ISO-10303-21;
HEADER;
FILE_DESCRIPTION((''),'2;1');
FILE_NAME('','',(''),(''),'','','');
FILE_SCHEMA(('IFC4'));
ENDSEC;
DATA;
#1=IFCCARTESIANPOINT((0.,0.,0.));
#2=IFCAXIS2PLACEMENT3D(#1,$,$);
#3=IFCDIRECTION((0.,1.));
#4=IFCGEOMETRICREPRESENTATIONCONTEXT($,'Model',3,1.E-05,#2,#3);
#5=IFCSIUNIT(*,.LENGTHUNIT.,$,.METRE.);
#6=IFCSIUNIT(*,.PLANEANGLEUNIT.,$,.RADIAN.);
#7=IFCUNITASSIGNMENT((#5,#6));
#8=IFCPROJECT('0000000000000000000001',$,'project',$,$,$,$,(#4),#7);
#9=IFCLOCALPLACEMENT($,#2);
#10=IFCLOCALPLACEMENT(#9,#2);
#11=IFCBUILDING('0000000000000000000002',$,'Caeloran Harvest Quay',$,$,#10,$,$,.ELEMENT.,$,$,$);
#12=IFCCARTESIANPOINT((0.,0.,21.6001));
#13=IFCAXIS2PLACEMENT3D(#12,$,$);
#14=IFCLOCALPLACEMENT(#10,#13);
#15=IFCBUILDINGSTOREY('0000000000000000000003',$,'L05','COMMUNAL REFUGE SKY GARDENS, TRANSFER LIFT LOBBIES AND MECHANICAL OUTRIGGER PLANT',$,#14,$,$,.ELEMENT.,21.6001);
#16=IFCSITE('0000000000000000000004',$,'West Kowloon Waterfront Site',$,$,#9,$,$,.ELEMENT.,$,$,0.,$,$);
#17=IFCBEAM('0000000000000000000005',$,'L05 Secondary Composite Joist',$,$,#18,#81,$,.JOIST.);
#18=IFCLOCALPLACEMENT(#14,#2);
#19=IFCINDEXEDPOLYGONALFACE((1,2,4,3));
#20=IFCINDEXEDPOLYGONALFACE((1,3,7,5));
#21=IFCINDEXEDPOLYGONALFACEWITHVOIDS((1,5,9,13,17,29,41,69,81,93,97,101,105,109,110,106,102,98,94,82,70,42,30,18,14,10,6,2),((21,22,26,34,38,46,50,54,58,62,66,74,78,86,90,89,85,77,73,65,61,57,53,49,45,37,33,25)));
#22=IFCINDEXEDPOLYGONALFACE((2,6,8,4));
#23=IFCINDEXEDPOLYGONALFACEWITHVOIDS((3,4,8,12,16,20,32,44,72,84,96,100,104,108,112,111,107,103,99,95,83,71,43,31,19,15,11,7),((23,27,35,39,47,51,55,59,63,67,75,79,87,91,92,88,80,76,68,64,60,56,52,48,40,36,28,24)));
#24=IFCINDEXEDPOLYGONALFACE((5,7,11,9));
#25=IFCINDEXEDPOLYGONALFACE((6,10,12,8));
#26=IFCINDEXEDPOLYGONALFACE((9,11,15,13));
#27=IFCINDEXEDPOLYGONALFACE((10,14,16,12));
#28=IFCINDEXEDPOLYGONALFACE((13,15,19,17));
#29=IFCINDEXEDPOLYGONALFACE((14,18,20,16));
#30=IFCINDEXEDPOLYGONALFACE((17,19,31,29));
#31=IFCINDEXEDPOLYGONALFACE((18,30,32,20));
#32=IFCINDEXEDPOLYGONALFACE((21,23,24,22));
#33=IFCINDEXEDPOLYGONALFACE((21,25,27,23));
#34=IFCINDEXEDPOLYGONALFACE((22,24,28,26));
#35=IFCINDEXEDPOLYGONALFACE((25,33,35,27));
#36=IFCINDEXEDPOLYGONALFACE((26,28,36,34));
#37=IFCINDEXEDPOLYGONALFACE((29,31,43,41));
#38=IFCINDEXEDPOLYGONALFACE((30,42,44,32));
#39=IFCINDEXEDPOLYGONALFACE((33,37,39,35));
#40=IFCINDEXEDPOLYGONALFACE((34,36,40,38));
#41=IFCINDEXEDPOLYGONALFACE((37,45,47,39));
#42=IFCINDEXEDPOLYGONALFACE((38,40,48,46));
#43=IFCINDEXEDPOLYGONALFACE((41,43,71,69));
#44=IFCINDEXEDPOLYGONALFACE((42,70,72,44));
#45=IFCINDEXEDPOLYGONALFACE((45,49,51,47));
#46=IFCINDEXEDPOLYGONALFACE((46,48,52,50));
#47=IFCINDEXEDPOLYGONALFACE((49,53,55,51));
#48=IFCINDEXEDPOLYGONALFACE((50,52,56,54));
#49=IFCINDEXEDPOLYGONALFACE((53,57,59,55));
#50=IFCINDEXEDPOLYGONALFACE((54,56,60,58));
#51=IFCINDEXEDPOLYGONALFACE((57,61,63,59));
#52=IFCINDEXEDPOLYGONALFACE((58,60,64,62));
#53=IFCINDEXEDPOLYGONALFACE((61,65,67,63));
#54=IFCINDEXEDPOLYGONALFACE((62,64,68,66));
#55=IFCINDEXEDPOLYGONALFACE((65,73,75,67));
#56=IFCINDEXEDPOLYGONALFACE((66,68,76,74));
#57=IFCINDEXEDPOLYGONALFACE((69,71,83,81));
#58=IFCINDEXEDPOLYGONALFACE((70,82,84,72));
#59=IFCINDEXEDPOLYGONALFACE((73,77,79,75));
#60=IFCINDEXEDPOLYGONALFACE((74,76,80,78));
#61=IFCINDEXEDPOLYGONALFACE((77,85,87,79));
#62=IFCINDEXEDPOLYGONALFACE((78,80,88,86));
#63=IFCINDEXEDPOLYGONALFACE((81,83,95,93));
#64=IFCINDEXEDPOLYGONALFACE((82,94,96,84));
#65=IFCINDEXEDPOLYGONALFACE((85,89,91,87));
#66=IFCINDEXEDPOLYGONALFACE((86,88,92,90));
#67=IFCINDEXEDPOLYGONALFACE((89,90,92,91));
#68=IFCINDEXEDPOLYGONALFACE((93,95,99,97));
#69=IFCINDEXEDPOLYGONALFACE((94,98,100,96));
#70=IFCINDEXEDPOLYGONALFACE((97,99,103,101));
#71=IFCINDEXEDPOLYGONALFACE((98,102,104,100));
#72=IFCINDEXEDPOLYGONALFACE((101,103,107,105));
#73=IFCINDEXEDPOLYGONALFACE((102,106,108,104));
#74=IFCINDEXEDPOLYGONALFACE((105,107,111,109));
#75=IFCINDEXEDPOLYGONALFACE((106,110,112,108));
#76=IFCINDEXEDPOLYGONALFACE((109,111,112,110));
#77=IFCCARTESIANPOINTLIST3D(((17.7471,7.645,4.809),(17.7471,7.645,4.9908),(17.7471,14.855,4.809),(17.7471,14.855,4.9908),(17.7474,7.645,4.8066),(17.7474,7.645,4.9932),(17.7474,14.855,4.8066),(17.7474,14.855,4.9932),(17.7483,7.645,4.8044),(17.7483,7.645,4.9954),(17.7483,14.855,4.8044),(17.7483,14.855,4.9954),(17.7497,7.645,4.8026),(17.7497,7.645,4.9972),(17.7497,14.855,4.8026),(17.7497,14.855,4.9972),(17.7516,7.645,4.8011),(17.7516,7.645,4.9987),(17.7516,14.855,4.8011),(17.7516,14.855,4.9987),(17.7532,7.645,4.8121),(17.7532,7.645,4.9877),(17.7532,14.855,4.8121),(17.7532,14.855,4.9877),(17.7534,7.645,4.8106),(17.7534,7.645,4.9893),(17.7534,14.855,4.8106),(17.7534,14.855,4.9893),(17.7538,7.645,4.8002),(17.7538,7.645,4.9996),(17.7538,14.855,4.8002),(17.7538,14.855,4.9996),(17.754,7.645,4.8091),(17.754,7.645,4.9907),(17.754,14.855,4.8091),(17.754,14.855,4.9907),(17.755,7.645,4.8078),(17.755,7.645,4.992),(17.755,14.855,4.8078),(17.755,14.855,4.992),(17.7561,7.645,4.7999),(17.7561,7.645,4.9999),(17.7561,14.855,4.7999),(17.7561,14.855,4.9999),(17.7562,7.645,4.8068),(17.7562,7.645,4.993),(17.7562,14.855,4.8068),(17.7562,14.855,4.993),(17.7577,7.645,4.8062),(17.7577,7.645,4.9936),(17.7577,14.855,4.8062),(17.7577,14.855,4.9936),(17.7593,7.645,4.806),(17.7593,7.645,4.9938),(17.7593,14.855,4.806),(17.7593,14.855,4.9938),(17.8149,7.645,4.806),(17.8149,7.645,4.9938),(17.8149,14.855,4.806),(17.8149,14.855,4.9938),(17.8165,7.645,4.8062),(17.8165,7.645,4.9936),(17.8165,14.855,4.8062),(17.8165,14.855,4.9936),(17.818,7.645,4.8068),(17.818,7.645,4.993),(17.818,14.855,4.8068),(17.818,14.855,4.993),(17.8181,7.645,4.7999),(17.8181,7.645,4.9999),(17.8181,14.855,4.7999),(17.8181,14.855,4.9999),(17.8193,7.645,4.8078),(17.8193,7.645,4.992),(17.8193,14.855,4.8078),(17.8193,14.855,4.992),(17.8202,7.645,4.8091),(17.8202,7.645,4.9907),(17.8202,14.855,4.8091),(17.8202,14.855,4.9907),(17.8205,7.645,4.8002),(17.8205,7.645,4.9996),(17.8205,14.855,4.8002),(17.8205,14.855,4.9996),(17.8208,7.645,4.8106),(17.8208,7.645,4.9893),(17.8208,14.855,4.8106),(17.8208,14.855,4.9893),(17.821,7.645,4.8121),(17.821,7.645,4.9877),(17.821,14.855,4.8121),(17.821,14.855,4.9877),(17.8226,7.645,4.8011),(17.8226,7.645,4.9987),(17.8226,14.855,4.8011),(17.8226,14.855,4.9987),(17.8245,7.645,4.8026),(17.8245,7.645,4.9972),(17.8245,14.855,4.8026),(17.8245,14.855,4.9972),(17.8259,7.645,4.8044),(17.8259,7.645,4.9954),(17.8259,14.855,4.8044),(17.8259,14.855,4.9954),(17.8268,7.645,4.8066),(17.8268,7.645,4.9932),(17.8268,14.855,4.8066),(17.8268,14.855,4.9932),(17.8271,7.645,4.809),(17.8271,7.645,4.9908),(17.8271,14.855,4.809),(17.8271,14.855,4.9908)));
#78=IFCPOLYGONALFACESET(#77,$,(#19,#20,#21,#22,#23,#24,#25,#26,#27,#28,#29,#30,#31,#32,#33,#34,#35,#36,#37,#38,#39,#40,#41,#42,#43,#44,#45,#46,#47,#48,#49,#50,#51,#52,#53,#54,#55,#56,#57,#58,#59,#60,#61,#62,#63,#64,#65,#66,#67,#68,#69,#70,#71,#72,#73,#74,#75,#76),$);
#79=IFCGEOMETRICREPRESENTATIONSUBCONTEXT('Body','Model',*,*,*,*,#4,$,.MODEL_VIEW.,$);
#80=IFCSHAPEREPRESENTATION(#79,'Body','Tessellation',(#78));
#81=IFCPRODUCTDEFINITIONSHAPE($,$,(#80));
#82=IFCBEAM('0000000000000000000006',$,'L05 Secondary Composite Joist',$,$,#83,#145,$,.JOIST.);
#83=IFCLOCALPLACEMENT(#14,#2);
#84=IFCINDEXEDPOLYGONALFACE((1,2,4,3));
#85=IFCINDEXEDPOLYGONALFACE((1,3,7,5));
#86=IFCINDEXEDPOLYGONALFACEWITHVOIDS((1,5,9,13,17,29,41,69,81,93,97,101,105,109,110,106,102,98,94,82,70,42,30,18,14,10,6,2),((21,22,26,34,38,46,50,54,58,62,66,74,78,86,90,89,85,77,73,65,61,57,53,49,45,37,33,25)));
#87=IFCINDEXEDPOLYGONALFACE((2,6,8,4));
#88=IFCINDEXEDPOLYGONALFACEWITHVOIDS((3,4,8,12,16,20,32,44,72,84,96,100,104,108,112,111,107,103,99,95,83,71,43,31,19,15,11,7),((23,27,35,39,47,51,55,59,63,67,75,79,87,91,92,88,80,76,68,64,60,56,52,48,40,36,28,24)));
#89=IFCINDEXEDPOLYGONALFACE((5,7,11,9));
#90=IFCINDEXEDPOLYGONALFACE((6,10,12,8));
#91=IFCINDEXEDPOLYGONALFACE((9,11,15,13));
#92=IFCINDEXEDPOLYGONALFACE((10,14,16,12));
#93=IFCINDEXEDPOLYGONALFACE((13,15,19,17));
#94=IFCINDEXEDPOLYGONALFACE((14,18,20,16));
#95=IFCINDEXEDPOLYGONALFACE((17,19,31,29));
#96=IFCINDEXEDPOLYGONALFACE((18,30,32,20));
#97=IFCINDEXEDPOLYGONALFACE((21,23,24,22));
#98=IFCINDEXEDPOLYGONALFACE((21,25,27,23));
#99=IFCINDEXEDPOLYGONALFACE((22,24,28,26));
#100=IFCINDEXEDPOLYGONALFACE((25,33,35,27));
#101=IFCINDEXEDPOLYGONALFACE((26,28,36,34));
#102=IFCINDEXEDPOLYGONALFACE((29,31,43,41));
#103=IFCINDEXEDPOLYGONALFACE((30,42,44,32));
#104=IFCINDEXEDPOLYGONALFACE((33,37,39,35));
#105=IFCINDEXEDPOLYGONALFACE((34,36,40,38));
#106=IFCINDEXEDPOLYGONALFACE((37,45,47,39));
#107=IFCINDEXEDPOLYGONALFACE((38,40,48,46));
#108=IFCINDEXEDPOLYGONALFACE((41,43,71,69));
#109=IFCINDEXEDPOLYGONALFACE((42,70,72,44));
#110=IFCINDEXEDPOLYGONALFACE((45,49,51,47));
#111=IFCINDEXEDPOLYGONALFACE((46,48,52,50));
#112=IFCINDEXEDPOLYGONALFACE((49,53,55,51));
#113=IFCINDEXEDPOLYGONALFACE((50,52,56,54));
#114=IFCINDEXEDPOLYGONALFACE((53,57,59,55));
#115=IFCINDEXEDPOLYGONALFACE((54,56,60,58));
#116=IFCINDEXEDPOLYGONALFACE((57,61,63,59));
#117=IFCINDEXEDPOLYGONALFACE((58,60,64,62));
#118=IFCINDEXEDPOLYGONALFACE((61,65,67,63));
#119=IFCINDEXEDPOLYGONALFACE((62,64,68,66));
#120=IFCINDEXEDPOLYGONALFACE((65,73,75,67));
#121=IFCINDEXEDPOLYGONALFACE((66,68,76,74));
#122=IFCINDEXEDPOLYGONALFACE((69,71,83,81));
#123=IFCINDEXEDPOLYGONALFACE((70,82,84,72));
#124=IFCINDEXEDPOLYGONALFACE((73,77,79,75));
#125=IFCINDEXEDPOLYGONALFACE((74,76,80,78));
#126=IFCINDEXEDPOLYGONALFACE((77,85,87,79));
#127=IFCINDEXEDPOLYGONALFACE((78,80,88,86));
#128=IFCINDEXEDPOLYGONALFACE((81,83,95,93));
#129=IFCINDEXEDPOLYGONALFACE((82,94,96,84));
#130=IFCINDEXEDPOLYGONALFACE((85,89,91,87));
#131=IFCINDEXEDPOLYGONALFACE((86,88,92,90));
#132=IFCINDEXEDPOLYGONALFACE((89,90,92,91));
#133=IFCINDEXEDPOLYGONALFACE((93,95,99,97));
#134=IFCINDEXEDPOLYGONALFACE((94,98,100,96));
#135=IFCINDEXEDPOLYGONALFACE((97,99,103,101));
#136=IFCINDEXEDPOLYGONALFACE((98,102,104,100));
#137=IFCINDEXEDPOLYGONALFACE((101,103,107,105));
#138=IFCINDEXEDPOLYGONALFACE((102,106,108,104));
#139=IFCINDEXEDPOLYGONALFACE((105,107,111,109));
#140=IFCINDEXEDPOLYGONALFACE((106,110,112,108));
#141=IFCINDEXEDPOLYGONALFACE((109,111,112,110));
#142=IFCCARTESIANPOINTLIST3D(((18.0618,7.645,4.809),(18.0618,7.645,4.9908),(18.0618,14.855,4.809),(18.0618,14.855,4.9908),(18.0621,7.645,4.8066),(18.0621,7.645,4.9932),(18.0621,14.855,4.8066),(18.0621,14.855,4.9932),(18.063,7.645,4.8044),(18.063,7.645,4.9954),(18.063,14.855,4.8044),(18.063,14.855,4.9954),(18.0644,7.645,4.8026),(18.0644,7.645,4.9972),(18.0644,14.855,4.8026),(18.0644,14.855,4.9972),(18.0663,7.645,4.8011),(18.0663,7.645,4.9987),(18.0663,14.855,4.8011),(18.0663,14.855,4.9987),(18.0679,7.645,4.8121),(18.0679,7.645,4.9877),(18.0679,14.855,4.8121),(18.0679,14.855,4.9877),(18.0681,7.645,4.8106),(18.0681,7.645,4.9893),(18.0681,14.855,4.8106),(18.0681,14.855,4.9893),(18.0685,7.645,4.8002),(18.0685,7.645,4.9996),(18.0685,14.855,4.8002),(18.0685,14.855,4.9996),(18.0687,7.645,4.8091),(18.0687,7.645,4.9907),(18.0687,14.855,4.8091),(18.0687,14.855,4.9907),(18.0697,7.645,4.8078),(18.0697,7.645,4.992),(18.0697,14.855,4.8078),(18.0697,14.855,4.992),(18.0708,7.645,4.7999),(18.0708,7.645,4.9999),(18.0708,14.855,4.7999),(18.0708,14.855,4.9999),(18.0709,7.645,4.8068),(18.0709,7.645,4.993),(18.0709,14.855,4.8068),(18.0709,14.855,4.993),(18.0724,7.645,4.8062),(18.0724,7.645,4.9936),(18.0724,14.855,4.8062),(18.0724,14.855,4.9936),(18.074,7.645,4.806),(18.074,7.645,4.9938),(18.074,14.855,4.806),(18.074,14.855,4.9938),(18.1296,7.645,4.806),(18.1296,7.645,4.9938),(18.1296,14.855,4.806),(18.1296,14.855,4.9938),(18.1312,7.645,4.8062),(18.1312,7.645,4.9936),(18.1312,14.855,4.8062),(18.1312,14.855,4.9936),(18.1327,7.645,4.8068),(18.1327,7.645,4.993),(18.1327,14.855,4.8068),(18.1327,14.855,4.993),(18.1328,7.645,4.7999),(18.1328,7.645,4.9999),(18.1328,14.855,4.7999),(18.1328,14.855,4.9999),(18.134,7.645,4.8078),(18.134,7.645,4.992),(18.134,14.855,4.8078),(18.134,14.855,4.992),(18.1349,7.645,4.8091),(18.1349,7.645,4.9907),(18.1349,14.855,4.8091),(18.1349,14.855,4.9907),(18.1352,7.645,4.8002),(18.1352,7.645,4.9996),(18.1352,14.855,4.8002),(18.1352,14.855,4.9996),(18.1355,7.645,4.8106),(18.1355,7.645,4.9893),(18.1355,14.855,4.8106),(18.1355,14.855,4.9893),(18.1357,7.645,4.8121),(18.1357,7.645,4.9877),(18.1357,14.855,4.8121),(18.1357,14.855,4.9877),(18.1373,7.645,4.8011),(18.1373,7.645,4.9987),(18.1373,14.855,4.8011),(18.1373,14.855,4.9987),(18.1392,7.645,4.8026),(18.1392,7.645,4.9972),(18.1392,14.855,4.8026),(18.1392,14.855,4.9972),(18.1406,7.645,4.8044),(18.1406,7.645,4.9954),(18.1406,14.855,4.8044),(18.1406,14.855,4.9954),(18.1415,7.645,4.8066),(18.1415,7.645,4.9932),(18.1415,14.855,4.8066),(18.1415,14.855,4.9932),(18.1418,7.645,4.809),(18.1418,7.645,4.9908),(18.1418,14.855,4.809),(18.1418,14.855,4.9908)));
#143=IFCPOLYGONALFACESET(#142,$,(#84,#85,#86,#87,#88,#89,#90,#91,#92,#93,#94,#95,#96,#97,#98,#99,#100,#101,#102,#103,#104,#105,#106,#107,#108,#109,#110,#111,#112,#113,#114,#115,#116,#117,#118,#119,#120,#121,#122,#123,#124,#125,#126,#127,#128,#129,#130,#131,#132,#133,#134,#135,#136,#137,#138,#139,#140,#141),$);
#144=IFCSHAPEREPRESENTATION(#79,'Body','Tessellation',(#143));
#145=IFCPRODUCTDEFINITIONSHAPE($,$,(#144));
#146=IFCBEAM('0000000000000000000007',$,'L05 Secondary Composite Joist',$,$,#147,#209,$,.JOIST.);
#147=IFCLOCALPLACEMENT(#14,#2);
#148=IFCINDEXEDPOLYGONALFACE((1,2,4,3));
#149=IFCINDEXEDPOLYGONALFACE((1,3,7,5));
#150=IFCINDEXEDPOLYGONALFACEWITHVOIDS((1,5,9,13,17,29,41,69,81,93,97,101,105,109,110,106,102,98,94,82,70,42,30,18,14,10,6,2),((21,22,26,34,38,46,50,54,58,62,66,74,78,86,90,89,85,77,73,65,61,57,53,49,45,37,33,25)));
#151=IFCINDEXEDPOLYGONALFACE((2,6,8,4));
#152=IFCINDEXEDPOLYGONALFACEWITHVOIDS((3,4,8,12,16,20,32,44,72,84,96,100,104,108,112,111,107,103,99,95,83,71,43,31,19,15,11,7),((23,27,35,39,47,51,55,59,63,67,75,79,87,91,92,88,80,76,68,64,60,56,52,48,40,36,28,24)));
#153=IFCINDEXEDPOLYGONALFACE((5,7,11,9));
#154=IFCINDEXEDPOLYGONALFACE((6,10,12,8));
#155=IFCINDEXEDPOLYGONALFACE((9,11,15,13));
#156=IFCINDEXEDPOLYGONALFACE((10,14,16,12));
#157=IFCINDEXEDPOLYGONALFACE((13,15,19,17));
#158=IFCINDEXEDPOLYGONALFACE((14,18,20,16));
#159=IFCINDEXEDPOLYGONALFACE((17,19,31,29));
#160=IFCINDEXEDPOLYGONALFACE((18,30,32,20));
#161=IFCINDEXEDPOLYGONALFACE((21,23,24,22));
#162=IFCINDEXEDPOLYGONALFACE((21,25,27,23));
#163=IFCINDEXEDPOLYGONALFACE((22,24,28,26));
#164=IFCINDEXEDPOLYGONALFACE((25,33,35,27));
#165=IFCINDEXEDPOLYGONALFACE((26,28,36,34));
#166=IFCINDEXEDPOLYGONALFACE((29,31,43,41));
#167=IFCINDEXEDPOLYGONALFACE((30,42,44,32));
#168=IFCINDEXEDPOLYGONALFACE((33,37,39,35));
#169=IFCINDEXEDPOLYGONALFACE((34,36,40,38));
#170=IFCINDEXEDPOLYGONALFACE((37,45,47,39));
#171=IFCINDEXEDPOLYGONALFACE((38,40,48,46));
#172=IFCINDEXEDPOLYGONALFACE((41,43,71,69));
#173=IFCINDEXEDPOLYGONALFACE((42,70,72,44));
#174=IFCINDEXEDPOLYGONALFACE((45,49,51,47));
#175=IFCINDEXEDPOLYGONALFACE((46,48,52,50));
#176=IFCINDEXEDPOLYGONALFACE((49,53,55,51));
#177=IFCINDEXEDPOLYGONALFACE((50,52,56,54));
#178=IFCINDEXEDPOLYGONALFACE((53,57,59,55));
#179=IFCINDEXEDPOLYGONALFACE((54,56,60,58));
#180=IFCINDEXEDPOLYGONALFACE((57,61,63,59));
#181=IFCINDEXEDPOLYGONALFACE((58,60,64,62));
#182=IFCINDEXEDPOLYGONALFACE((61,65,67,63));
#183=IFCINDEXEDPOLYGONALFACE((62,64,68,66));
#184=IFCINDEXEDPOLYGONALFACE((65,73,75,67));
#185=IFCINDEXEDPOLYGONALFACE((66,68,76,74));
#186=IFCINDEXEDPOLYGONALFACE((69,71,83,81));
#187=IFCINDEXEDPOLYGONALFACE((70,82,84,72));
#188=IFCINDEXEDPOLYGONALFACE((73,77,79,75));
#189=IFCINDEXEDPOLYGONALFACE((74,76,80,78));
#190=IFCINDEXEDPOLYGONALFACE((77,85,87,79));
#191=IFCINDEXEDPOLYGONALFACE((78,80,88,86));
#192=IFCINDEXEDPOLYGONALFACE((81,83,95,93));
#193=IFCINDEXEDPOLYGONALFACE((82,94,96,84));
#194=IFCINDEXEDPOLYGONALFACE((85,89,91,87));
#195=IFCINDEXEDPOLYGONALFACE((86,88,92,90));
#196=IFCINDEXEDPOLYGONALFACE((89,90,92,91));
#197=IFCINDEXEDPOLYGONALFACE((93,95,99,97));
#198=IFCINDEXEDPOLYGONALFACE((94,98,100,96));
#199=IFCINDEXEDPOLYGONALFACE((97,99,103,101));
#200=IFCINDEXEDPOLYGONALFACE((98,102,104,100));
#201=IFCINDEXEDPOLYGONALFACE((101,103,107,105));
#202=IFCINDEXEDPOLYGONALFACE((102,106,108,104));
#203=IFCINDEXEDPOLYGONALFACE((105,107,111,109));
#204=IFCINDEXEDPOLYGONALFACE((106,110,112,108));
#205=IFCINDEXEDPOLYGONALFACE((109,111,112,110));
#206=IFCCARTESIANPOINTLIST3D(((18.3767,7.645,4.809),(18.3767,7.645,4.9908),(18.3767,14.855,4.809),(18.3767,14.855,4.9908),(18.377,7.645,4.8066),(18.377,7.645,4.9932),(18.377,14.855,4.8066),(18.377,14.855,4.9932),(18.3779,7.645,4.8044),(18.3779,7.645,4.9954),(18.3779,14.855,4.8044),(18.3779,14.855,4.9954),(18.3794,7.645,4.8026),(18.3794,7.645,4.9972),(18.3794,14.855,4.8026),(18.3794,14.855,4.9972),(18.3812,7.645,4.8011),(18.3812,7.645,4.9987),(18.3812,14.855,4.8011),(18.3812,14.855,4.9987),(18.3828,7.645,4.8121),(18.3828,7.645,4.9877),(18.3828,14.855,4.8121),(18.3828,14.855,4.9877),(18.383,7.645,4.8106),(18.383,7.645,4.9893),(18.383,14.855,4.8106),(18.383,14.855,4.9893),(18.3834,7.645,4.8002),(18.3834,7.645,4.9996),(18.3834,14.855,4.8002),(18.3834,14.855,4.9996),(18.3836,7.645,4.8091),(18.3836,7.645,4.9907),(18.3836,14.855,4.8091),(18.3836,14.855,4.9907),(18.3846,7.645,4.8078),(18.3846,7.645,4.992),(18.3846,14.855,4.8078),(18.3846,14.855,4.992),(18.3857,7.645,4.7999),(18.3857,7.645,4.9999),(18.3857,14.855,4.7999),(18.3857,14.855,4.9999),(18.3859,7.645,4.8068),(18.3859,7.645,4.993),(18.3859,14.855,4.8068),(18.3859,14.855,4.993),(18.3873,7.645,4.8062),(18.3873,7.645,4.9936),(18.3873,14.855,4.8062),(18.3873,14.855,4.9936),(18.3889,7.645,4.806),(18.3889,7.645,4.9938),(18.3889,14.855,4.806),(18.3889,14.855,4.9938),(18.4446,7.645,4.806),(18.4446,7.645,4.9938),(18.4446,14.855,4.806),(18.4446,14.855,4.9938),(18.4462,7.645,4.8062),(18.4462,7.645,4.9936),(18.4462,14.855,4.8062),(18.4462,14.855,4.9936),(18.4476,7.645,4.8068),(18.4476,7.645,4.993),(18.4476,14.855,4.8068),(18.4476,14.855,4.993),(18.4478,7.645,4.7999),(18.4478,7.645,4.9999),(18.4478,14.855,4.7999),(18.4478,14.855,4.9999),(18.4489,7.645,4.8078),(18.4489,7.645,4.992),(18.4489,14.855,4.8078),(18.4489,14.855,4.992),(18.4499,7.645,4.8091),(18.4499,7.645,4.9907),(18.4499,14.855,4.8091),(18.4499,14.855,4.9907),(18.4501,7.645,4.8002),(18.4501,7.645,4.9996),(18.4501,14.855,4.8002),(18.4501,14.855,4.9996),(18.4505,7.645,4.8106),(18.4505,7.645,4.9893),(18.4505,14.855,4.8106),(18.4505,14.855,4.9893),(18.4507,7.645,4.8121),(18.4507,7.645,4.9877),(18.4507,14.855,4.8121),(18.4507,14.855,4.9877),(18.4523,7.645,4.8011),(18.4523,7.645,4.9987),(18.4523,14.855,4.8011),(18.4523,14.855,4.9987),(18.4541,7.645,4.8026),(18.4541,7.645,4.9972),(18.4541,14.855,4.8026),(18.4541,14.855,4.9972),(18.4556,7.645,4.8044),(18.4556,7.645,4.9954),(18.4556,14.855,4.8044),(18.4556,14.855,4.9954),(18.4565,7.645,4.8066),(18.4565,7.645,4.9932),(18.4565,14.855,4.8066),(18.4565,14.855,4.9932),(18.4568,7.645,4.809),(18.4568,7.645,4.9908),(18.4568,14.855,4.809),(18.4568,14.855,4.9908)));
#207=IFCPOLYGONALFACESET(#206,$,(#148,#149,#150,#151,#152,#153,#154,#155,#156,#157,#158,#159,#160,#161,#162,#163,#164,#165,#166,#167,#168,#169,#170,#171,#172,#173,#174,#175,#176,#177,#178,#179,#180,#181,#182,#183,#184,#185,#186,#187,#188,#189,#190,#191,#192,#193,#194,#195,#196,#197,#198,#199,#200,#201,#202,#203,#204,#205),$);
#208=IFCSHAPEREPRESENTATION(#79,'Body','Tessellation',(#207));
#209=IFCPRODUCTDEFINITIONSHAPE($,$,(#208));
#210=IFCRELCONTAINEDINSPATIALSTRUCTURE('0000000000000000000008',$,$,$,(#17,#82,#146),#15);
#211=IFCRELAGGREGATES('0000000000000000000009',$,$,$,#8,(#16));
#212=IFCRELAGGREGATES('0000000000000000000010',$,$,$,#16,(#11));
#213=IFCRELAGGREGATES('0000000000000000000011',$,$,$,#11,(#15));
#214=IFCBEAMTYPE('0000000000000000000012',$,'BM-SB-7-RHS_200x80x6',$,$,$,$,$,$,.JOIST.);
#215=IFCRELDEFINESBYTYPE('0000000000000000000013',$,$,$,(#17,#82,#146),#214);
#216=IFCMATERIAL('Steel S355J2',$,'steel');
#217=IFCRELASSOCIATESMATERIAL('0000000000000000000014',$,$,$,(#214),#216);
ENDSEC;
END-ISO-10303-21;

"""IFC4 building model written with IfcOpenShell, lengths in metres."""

from ifc_helpers import new_model, si_unit, direction, frame, origin, origin_2d, place, context, subcontext, project, spatial, hollow_rectangle, extrude, material, material_profile, profile_set, type_object, element, save


model = new_model("IFC4")

# Units and contexts
model_context = context("Model", 3, precision=1e-05, world=origin(), true_north=direction((0.0, 1.0)))
body_context = subcontext(model_context, "Body", "Model", "MODEL_VIEW")
ifc_project = project(units=[si_unit("LENGTHUNIT", "METRE"), si_unit("PLANEANGLEUNIT", "RADIAN")], contexts=[model_context])

# Site, building, storey
site_placement = place(None, origin())
site = spatial("IfcSite", under=ifc_project, at=site_placement, Name="West Kowloon Waterfront Site", CompositionType="ELEMENT", RefElevation=0.0)
building_placement = place(site_placement, origin())
building = spatial("IfcBuilding", under=site, at=building_placement, Name="Caeloran Harvest Quay", CompositionType="ELEMENT")
storey_placement = place(building_placement, frame((0.0, 0.0, 21.6001)))
storey = spatial("IfcBuildingStorey", under=building, at=storey_placement, Name="L05", Description="COMMUNAL REFUGE SKY GARDENS, TRANSFER LIFT LOBBIES AND MECHANICAL OUTRIGGER PLANT", CompositionType="ELEMENT", Elevation=21.6001)

# Beams
ifc_material_1 = material(Name="Steel S355J2", Category="steel")
ifc_material_profile_1 = material_profile(ifc_material_1, hollow_rectangle(XDim=0.0801, YDim=0.2, WallThickness=0.0061, InnerFilletRadius=0.0061, OuterFilletRadius=0.009, at=origin_2d()), Name="RHS 200x80x6")
ifc_profile_set_1 = profile_set([ifc_material_profile_1], Name="Steel S355J2")
beam_type_1 = type_object("IfcBeamType", Name="BM-SB-7-RHS_200x80x6", PredefinedType="JOIST", material=ifc_profile_set_1)
for number, where, z_axis, x_axis, name in (
    (1, (17.7871, 7.645, 4.8999), (0.0, 1.0, 0.0), (-1.0, 0.0, 0.0), "L05 Secondary Composite Joist"),
    (2, (18.1018, 7.645, 4.8999), (0.0, 1.0, 0.0), (-1.0, 0.0, 0.0), "L05 Secondary Composite Joist"),
    (3, (18.4167, 7.645, 4.8999), (0.0, 1.0, 0.0), (-1.0, 0.0, 0.0), "L05 Secondary Composite Joist"),
):
    element("IfcBeam", number, at=place(storey_placement, frame(where, z_axis=z_axis, x_axis=x_axis)), inside=storey, type_object=beam_type_1, Name=name, PredefinedType="JOIST", context=body_context, shape_type="SweptSolid", body=[
        extrude(hollow_rectangle(XDim=0.0801, YDim=0.2, WallThickness=0.0061, InnerFilletRadius=0.0061, OuterFilletRadius=0.009, at=origin_2d()), origin(), (0.0, 0.0, 1.0), 7.21),
    ])

save(model, "model.ifc")
